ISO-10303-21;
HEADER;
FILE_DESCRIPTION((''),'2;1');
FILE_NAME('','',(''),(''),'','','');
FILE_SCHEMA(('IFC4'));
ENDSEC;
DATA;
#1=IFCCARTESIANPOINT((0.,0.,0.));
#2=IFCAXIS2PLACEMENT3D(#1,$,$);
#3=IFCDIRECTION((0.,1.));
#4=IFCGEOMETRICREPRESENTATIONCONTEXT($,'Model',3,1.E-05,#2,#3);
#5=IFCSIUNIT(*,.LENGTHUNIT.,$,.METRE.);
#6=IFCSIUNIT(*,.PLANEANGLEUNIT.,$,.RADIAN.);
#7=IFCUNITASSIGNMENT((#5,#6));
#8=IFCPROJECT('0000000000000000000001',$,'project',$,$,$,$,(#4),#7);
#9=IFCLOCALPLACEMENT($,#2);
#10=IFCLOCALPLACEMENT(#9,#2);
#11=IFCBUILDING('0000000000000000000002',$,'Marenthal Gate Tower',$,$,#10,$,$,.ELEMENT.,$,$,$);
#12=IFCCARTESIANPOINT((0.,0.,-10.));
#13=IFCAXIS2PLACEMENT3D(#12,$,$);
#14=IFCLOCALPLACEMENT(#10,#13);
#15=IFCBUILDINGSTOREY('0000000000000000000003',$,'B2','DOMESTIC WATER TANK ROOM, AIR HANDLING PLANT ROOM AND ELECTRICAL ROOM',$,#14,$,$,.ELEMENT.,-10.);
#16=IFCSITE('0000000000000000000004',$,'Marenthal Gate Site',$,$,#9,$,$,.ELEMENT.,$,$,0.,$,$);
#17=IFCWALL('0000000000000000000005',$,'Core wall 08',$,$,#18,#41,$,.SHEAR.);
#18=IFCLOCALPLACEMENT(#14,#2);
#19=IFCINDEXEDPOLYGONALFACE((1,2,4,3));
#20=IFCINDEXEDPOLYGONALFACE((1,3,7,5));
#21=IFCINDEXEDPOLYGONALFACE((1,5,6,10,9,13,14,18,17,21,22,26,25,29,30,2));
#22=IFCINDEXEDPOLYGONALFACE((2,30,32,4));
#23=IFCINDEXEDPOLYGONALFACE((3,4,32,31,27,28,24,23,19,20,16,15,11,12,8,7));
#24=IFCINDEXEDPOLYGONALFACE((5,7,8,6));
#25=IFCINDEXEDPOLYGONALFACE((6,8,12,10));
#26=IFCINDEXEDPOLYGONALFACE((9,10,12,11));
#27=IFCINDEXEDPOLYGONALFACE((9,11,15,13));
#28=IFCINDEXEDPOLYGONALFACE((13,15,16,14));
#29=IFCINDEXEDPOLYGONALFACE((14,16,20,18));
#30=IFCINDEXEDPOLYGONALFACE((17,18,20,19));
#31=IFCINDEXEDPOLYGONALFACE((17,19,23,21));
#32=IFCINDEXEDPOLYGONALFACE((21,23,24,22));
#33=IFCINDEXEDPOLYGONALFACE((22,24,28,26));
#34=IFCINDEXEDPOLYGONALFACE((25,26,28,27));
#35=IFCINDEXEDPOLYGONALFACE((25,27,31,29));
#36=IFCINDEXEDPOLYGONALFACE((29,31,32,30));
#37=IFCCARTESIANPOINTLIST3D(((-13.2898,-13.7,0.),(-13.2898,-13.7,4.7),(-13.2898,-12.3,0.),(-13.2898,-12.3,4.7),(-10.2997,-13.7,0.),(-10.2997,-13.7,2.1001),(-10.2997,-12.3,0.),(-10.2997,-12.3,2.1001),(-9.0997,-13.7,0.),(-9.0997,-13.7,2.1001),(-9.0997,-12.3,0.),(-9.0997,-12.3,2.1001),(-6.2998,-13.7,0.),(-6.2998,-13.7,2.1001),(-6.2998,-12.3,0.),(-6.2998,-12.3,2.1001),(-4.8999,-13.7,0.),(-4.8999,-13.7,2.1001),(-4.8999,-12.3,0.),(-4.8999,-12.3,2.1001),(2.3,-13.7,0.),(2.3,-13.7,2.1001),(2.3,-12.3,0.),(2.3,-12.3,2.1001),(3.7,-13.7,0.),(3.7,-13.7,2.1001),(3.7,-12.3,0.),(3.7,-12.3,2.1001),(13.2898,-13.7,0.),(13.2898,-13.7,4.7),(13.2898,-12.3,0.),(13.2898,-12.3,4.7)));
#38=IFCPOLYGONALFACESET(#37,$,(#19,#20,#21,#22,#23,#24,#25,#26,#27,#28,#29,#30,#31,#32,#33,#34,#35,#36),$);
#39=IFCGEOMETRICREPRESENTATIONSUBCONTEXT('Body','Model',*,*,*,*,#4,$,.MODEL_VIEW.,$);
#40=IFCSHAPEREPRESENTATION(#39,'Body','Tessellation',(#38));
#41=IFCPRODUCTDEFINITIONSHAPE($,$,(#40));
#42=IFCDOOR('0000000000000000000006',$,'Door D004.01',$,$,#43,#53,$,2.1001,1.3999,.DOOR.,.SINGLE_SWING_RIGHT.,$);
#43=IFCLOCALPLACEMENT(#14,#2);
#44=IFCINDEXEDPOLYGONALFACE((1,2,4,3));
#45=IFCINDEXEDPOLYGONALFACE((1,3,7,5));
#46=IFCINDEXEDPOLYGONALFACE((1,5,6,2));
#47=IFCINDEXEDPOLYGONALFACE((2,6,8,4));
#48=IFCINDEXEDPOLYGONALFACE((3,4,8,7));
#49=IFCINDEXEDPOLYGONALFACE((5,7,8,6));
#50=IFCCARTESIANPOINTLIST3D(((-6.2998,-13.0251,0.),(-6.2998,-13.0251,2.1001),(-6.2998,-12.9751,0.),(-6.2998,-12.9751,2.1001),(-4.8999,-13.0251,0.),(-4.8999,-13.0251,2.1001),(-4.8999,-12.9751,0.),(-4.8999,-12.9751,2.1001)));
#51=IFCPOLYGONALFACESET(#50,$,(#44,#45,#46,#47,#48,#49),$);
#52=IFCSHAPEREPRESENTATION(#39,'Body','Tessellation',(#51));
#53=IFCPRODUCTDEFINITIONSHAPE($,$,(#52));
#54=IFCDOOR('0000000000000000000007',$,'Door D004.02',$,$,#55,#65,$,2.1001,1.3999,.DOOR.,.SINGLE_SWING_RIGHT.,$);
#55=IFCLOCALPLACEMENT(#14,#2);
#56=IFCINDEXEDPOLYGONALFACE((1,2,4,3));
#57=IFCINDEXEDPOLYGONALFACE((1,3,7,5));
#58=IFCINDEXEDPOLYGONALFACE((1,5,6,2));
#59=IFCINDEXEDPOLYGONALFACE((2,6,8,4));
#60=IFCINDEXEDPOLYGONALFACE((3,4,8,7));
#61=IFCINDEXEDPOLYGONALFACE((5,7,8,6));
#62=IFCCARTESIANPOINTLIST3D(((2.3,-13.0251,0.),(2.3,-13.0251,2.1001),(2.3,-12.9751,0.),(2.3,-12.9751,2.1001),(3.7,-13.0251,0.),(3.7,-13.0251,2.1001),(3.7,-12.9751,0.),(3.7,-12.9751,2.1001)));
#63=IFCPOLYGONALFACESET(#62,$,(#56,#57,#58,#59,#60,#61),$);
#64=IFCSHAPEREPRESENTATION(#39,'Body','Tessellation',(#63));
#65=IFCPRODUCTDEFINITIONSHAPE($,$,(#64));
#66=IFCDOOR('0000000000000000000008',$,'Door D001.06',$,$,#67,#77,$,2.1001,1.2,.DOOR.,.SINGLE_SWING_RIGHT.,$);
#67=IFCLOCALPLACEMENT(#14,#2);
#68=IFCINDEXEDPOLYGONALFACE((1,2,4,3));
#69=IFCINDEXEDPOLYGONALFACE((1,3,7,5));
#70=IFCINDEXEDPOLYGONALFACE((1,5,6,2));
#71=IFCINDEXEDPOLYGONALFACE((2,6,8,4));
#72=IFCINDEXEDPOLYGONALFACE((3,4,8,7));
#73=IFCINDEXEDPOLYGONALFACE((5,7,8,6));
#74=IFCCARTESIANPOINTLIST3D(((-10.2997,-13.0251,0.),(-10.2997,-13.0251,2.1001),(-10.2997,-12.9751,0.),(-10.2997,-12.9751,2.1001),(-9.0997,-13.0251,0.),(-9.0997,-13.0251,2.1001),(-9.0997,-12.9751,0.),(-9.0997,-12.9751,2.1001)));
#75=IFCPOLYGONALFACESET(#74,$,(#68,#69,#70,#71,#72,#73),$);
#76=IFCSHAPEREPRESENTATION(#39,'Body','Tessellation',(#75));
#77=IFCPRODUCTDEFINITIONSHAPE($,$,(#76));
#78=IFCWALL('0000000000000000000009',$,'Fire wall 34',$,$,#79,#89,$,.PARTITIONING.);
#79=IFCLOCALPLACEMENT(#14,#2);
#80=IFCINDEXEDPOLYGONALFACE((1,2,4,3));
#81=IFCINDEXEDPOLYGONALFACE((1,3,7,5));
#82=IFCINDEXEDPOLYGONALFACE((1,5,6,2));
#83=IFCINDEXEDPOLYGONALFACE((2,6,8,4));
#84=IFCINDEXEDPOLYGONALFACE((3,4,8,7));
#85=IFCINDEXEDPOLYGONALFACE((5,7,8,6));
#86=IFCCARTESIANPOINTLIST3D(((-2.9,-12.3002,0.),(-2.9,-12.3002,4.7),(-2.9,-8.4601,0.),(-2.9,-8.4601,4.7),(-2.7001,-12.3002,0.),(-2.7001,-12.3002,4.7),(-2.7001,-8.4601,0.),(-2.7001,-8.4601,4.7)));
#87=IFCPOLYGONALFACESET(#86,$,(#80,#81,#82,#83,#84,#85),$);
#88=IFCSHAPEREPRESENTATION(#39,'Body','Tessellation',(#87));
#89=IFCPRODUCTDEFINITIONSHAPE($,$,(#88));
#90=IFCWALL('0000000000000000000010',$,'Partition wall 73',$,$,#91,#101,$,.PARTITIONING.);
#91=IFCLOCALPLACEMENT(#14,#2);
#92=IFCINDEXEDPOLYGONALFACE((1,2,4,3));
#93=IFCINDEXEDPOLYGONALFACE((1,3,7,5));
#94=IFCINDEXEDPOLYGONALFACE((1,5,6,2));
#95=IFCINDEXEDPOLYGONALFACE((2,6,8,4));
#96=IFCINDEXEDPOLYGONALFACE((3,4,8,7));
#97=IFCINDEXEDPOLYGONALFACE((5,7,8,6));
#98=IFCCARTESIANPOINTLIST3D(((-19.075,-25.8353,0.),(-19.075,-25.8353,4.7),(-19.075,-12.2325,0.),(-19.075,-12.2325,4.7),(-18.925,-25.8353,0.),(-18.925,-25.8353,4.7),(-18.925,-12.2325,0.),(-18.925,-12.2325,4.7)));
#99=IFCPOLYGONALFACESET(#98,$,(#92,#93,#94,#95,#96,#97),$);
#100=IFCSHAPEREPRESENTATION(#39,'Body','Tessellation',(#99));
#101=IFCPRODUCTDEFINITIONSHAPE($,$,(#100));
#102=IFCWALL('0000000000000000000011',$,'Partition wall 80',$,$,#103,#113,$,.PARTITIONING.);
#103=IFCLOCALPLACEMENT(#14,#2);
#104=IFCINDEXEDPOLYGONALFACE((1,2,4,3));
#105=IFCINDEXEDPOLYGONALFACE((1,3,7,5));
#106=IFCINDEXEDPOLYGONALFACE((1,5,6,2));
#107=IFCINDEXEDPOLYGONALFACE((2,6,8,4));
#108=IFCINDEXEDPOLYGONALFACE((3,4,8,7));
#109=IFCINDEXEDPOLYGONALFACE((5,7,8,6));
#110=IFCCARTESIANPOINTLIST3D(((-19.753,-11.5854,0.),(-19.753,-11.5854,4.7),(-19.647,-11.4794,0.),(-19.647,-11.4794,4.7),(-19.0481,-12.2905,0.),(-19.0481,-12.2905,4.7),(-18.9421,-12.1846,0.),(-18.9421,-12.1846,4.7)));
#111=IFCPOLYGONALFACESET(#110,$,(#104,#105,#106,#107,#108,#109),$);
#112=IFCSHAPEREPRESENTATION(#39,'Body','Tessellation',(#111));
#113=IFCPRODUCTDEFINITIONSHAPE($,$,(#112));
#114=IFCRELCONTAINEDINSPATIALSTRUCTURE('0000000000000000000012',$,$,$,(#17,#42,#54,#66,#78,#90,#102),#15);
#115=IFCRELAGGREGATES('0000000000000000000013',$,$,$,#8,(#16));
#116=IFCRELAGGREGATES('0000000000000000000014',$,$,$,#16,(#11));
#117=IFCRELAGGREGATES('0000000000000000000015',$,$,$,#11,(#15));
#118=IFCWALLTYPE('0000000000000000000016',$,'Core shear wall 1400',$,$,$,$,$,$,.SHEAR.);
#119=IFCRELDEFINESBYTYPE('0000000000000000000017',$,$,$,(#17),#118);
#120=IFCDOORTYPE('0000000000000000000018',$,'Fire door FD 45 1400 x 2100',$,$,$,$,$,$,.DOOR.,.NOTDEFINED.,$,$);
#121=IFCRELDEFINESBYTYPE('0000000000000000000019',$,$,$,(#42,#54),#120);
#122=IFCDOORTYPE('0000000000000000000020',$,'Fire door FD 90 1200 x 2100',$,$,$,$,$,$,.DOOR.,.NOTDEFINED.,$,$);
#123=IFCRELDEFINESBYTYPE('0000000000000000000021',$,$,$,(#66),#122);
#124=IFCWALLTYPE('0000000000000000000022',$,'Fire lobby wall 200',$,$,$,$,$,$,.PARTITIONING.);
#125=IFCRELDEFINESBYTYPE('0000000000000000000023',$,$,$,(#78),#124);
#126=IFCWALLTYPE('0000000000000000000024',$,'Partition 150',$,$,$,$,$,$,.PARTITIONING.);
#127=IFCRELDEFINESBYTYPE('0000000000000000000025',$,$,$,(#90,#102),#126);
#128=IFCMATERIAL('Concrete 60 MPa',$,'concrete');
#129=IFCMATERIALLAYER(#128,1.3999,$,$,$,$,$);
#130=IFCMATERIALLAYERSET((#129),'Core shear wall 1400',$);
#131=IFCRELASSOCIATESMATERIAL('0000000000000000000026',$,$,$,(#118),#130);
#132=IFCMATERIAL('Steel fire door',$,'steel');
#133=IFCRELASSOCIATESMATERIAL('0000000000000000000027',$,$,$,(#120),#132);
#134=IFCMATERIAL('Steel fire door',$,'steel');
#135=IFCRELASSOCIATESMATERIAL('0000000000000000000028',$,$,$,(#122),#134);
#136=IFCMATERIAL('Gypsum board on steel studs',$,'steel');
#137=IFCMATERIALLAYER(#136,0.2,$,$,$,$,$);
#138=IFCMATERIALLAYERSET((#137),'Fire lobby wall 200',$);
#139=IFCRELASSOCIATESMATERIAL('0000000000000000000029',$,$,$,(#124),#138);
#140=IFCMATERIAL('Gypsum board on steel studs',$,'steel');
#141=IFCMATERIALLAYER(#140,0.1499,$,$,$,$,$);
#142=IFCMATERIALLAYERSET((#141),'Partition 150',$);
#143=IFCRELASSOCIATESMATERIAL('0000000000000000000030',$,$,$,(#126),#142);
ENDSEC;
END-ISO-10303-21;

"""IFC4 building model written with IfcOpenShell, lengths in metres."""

from ifc_helpers import new_model, si_unit, direction, frame, frame_2d, origin, place, context, subcontext, project, spatial, rectangle, extrude, material, layer, layer_set, type_object, element, fill, save


model = new_model("IFC4")

# Units and contexts
model_context = context("Model", 3, precision=1e-05, world=origin(), true_north=direction((0.0, 1.0)))
body_context = subcontext(model_context, "Body", "Model", "MODEL_VIEW")
ifc_project = project(units=[si_unit("LENGTHUNIT", "METRE"), si_unit("PLANEANGLEUNIT", "RADIAN")], contexts=[model_context])

# Site, building, storey
site_placement = place(None, origin())
site = spatial("IfcSite", under=ifc_project, at=site_placement, Name="Marenthal Gate Site", CompositionType="ELEMENT", RefElevation=0.0)
building_placement = place(site_placement, origin())
building = spatial("IfcBuilding", under=site, at=building_placement, Name="Marenthal Gate Tower", CompositionType="ELEMENT")
storey_placement = place(building_placement, frame((0.0, 0.0, -10.0)))
storey = spatial("IfcBuildingStorey", under=building, at=storey_placement, Name="B2", Description="DOMESTIC WATER TANK ROOM, AIR HANDLING PLANT ROOM AND ELECTRICAL ROOM", CompositionType="ELEMENT", Elevation=-10.0)

# Wall, openings, doors
ifc_material_1 = material(Name="Concrete 60 MPa", Category="concrete")
ifc_layer_1 = layer(ifc_material_1, 1.3999)
ifc_layer_set_1 = layer_set([ifc_layer_1], Name="Core shear wall 1400")
wall_type_1 = type_object("IfcWallType", Name="Core shear wall 1400", PredefinedType="SHEAR", material=ifc_layer_set_1)
wall_1_placement = place(storey_placement, frame((-13.2898, -13.0, 0.0), z_axis=(0.0, 0.0, 1.0), x_axis=(1.0, 0.0, 0.0)))
wall_1 = element("IfcWall", 1, at=wall_1_placement, inside=storey, type_object=wall_type_1, Name="Core wall 08", PredefinedType="SHEAR", context=body_context, shape_type="SweptSolid", body=[
    extrude(rectangle(XDim=26.5796, YDim=1.3999, at=frame_2d((13.2898, 0.0))), origin(), (0.0, 0.0, 1.0), 4.7),
])
opening_1_placement = place(wall_1_placement, frame((2.99, 0.0, 0.0)))
opening_1 = element("IfcOpeningElement", 2, at=opening_1_placement, cuts=wall_1, PredefinedType="OPENING", context=body_context, shape_type="SweptSolid", body=[
    extrude(rectangle(XDim=1.2, YDim=2.1001, at=frame_2d((0.6001, 1.05))), frame((0.0, 0.71, 0.0), z_axis=(0.0, -1.0, 0.0), x_axis=(1.0, 0.0, 0.0)), (0.0, 0.0, 1.0), 1.4199),
])
opening_2_placement = place(wall_1_placement, frame((6.99, 0.0, 0.0)))
opening_2 = element("IfcOpeningElement", 3, at=opening_2_placement, cuts=wall_1, PredefinedType="OPENING", context=body_context, shape_type="SweptSolid", body=[
    extrude(rectangle(XDim=1.3999, YDim=2.1001, at=frame_2d((0.7, 1.05))), frame((0.0, 0.71, 0.0), z_axis=(0.0, -1.0, 0.0), x_axis=(1.0, 0.0, 0.0)), (0.0, 0.0, 1.0), 1.4199),
])
opening_3_placement = place(wall_1_placement, frame((15.5898, 0.0, 0.0)))
opening_3 = element("IfcOpeningElement", 4, at=opening_3_placement, cuts=wall_1, PredefinedType="OPENING", context=body_context, shape_type="SweptSolid", body=[
    extrude(rectangle(XDim=1.3999, YDim=2.1001, at=frame_2d((0.7, 1.05))), frame((0.0, 0.71, 0.0), z_axis=(0.0, -1.0, 0.0), x_axis=(1.0, 0.0, 0.0)), (0.0, 0.0, 1.0), 1.4199),
])
ifc_material_2 = material(Name="Steel fire door", Category="steel")
door_type_1 = type_object("IfcDoorType", Name="Fire door FD 45 1400 x 2100", OperationType="NOTDEFINED", PredefinedType="DOOR", material=ifc_material_2)
door_1_placement = place(opening_2_placement, origin())
door_1 = element("IfcDoor", 5, at=door_1_placement, inside=storey, type_object=door_type_1, Name="Door D004.01", OperationType="SINGLE_SWING_RIGHT", OverallHeight=2.1001, OverallWidth=1.3999, PredefinedType="DOOR", context=body_context, shape_type="SweptSolid", body=[
    extrude(rectangle(XDim=1.3999, YDim=2.1001, at=frame_2d((0.7, 1.05))), frame((0.0, 0.0249, 0.0), z_axis=(0.0, -1.0, 0.0), x_axis=(1.0, 0.0, 0.0)), (0.0, 0.0, 1.0), 0.05),
])
fill(opening_2, door_1)
door_2_placement = place(opening_3_placement, origin())
door_2 = element("IfcDoor", 6, at=door_2_placement, inside=storey, type_object=door_type_1, Name="Door D004.02", OperationType="SINGLE_SWING_RIGHT", OverallHeight=2.1001, OverallWidth=1.3999, PredefinedType="DOOR", context=body_context, shape_type="SweptSolid", body=[
    extrude(rectangle(XDim=1.3999, YDim=2.1001, at=frame_2d((0.7, 1.05))), frame((0.0, 0.0249, 0.0), z_axis=(0.0, -1.0, 0.0), x_axis=(1.0, 0.0, 0.0)), (0.0, 0.0, 1.0), 0.05),
])
fill(opening_3, door_2)
ifc_material_3 = material(Name="Steel fire door", Category="steel")
door_type_2 = type_object("IfcDoorType", Name="Fire door FD 90 1200 x 2100", OperationType="NOTDEFINED", PredefinedType="DOOR", material=ifc_material_3)
door_3_placement = place(opening_1_placement, origin())
door_3 = element("IfcDoor", 7, at=door_3_placement, inside=storey, type_object=door_type_2, Name="Door D001.06", OperationType="SINGLE_SWING_RIGHT", OverallHeight=2.1001, OverallWidth=1.2, PredefinedType="DOOR", context=body_context, shape_type="SweptSolid", body=[
    extrude(rectangle(XDim=1.2, YDim=2.1001, at=frame_2d((0.6001, 1.05))), frame((0.0, 0.0249, 0.0), z_axis=(0.0, -1.0, 0.0), x_axis=(1.0, 0.0, 0.0)), (0.0, 0.0, 1.0), 0.05),
])
fill(opening_1, door_3)

# Walls
ifc_material_4 = material(Name="Gypsum board on steel studs", Category="steel")
ifc_layer_2 = layer(ifc_material_4, 0.2)
ifc_layer_set_2 = layer_set([ifc_layer_2], Name="Fire lobby wall 200")
wall_type_2 = type_object("IfcWallType", Name="Fire lobby wall 200", PredefinedType="PARTITIONING", material=ifc_layer_set_2)
wall_2_placement = place(storey_placement, frame((-2.8, -12.3, 0.0), z_axis=(0.0, 0.0, 1.0), x_axis=(0.0, 1.0, 0.0)))
element("IfcWall", 8, at=wall_2_placement, inside=storey, type_object=wall_type_2, Name="Fire wall 34", PredefinedType="PARTITIONING", context=body_context, shape_type="SweptSolid", body=[
    extrude(rectangle(XDim=3.8401, YDim=0.2, at=frame_2d((1.9199, 0.0))), origin(), (0.0, 0.0, 1.0), 4.7),
])
ifc_material_5 = material(Name="Gypsum board on steel studs", Category="steel")
ifc_layer_3 = layer(ifc_material_5, 0.1499)
ifc_layer_set_3 = layer_set([ifc_layer_3], Name="Partition 150")
wall_type_3 = type_object("IfcWallType", Name="Partition 150", PredefinedType="PARTITIONING", material=ifc_layer_set_3)
wall_3_placement = place(storey_placement, frame((-19.0, -25.8352, 0.0), z_axis=(0.0, 0.0, 1.0), x_axis=(0.0, 1.0, 0.0)))
element("IfcWall", 9, at=wall_3_placement, inside=storey, type_object=wall_type_3, Name="Partition wall 73", PredefinedType="PARTITIONING", context=body_context, shape_type="SweptSolid", body=[
    extrude(rectangle(XDim=13.6028, YDim=0.1499, at=frame_2d((6.8013, 0.0))), origin(), (0.0, 0.0, 1.0), 4.7),
])
wall_4_placement = place(storey_placement, frame((-18.9951, -12.2375, 0.0), z_axis=(0.0, 0.0, 1.0), x_axis=(-0.706984, 0.707229, 0.0)))
element("IfcWall", 10, at=wall_4_placement, inside=storey, type_object=wall_type_3, Name="Partition wall 80", PredefinedType="PARTITIONING", context=body_context, shape_type="SweptSolid", body=[
    extrude(rectangle(XDim=0.9971, YDim=0.1499, at=frame_2d((0.4985, 0.0))), origin(), (0.0, 0.0, 1.0), 4.7),
])

save(model, "model.ifc")
